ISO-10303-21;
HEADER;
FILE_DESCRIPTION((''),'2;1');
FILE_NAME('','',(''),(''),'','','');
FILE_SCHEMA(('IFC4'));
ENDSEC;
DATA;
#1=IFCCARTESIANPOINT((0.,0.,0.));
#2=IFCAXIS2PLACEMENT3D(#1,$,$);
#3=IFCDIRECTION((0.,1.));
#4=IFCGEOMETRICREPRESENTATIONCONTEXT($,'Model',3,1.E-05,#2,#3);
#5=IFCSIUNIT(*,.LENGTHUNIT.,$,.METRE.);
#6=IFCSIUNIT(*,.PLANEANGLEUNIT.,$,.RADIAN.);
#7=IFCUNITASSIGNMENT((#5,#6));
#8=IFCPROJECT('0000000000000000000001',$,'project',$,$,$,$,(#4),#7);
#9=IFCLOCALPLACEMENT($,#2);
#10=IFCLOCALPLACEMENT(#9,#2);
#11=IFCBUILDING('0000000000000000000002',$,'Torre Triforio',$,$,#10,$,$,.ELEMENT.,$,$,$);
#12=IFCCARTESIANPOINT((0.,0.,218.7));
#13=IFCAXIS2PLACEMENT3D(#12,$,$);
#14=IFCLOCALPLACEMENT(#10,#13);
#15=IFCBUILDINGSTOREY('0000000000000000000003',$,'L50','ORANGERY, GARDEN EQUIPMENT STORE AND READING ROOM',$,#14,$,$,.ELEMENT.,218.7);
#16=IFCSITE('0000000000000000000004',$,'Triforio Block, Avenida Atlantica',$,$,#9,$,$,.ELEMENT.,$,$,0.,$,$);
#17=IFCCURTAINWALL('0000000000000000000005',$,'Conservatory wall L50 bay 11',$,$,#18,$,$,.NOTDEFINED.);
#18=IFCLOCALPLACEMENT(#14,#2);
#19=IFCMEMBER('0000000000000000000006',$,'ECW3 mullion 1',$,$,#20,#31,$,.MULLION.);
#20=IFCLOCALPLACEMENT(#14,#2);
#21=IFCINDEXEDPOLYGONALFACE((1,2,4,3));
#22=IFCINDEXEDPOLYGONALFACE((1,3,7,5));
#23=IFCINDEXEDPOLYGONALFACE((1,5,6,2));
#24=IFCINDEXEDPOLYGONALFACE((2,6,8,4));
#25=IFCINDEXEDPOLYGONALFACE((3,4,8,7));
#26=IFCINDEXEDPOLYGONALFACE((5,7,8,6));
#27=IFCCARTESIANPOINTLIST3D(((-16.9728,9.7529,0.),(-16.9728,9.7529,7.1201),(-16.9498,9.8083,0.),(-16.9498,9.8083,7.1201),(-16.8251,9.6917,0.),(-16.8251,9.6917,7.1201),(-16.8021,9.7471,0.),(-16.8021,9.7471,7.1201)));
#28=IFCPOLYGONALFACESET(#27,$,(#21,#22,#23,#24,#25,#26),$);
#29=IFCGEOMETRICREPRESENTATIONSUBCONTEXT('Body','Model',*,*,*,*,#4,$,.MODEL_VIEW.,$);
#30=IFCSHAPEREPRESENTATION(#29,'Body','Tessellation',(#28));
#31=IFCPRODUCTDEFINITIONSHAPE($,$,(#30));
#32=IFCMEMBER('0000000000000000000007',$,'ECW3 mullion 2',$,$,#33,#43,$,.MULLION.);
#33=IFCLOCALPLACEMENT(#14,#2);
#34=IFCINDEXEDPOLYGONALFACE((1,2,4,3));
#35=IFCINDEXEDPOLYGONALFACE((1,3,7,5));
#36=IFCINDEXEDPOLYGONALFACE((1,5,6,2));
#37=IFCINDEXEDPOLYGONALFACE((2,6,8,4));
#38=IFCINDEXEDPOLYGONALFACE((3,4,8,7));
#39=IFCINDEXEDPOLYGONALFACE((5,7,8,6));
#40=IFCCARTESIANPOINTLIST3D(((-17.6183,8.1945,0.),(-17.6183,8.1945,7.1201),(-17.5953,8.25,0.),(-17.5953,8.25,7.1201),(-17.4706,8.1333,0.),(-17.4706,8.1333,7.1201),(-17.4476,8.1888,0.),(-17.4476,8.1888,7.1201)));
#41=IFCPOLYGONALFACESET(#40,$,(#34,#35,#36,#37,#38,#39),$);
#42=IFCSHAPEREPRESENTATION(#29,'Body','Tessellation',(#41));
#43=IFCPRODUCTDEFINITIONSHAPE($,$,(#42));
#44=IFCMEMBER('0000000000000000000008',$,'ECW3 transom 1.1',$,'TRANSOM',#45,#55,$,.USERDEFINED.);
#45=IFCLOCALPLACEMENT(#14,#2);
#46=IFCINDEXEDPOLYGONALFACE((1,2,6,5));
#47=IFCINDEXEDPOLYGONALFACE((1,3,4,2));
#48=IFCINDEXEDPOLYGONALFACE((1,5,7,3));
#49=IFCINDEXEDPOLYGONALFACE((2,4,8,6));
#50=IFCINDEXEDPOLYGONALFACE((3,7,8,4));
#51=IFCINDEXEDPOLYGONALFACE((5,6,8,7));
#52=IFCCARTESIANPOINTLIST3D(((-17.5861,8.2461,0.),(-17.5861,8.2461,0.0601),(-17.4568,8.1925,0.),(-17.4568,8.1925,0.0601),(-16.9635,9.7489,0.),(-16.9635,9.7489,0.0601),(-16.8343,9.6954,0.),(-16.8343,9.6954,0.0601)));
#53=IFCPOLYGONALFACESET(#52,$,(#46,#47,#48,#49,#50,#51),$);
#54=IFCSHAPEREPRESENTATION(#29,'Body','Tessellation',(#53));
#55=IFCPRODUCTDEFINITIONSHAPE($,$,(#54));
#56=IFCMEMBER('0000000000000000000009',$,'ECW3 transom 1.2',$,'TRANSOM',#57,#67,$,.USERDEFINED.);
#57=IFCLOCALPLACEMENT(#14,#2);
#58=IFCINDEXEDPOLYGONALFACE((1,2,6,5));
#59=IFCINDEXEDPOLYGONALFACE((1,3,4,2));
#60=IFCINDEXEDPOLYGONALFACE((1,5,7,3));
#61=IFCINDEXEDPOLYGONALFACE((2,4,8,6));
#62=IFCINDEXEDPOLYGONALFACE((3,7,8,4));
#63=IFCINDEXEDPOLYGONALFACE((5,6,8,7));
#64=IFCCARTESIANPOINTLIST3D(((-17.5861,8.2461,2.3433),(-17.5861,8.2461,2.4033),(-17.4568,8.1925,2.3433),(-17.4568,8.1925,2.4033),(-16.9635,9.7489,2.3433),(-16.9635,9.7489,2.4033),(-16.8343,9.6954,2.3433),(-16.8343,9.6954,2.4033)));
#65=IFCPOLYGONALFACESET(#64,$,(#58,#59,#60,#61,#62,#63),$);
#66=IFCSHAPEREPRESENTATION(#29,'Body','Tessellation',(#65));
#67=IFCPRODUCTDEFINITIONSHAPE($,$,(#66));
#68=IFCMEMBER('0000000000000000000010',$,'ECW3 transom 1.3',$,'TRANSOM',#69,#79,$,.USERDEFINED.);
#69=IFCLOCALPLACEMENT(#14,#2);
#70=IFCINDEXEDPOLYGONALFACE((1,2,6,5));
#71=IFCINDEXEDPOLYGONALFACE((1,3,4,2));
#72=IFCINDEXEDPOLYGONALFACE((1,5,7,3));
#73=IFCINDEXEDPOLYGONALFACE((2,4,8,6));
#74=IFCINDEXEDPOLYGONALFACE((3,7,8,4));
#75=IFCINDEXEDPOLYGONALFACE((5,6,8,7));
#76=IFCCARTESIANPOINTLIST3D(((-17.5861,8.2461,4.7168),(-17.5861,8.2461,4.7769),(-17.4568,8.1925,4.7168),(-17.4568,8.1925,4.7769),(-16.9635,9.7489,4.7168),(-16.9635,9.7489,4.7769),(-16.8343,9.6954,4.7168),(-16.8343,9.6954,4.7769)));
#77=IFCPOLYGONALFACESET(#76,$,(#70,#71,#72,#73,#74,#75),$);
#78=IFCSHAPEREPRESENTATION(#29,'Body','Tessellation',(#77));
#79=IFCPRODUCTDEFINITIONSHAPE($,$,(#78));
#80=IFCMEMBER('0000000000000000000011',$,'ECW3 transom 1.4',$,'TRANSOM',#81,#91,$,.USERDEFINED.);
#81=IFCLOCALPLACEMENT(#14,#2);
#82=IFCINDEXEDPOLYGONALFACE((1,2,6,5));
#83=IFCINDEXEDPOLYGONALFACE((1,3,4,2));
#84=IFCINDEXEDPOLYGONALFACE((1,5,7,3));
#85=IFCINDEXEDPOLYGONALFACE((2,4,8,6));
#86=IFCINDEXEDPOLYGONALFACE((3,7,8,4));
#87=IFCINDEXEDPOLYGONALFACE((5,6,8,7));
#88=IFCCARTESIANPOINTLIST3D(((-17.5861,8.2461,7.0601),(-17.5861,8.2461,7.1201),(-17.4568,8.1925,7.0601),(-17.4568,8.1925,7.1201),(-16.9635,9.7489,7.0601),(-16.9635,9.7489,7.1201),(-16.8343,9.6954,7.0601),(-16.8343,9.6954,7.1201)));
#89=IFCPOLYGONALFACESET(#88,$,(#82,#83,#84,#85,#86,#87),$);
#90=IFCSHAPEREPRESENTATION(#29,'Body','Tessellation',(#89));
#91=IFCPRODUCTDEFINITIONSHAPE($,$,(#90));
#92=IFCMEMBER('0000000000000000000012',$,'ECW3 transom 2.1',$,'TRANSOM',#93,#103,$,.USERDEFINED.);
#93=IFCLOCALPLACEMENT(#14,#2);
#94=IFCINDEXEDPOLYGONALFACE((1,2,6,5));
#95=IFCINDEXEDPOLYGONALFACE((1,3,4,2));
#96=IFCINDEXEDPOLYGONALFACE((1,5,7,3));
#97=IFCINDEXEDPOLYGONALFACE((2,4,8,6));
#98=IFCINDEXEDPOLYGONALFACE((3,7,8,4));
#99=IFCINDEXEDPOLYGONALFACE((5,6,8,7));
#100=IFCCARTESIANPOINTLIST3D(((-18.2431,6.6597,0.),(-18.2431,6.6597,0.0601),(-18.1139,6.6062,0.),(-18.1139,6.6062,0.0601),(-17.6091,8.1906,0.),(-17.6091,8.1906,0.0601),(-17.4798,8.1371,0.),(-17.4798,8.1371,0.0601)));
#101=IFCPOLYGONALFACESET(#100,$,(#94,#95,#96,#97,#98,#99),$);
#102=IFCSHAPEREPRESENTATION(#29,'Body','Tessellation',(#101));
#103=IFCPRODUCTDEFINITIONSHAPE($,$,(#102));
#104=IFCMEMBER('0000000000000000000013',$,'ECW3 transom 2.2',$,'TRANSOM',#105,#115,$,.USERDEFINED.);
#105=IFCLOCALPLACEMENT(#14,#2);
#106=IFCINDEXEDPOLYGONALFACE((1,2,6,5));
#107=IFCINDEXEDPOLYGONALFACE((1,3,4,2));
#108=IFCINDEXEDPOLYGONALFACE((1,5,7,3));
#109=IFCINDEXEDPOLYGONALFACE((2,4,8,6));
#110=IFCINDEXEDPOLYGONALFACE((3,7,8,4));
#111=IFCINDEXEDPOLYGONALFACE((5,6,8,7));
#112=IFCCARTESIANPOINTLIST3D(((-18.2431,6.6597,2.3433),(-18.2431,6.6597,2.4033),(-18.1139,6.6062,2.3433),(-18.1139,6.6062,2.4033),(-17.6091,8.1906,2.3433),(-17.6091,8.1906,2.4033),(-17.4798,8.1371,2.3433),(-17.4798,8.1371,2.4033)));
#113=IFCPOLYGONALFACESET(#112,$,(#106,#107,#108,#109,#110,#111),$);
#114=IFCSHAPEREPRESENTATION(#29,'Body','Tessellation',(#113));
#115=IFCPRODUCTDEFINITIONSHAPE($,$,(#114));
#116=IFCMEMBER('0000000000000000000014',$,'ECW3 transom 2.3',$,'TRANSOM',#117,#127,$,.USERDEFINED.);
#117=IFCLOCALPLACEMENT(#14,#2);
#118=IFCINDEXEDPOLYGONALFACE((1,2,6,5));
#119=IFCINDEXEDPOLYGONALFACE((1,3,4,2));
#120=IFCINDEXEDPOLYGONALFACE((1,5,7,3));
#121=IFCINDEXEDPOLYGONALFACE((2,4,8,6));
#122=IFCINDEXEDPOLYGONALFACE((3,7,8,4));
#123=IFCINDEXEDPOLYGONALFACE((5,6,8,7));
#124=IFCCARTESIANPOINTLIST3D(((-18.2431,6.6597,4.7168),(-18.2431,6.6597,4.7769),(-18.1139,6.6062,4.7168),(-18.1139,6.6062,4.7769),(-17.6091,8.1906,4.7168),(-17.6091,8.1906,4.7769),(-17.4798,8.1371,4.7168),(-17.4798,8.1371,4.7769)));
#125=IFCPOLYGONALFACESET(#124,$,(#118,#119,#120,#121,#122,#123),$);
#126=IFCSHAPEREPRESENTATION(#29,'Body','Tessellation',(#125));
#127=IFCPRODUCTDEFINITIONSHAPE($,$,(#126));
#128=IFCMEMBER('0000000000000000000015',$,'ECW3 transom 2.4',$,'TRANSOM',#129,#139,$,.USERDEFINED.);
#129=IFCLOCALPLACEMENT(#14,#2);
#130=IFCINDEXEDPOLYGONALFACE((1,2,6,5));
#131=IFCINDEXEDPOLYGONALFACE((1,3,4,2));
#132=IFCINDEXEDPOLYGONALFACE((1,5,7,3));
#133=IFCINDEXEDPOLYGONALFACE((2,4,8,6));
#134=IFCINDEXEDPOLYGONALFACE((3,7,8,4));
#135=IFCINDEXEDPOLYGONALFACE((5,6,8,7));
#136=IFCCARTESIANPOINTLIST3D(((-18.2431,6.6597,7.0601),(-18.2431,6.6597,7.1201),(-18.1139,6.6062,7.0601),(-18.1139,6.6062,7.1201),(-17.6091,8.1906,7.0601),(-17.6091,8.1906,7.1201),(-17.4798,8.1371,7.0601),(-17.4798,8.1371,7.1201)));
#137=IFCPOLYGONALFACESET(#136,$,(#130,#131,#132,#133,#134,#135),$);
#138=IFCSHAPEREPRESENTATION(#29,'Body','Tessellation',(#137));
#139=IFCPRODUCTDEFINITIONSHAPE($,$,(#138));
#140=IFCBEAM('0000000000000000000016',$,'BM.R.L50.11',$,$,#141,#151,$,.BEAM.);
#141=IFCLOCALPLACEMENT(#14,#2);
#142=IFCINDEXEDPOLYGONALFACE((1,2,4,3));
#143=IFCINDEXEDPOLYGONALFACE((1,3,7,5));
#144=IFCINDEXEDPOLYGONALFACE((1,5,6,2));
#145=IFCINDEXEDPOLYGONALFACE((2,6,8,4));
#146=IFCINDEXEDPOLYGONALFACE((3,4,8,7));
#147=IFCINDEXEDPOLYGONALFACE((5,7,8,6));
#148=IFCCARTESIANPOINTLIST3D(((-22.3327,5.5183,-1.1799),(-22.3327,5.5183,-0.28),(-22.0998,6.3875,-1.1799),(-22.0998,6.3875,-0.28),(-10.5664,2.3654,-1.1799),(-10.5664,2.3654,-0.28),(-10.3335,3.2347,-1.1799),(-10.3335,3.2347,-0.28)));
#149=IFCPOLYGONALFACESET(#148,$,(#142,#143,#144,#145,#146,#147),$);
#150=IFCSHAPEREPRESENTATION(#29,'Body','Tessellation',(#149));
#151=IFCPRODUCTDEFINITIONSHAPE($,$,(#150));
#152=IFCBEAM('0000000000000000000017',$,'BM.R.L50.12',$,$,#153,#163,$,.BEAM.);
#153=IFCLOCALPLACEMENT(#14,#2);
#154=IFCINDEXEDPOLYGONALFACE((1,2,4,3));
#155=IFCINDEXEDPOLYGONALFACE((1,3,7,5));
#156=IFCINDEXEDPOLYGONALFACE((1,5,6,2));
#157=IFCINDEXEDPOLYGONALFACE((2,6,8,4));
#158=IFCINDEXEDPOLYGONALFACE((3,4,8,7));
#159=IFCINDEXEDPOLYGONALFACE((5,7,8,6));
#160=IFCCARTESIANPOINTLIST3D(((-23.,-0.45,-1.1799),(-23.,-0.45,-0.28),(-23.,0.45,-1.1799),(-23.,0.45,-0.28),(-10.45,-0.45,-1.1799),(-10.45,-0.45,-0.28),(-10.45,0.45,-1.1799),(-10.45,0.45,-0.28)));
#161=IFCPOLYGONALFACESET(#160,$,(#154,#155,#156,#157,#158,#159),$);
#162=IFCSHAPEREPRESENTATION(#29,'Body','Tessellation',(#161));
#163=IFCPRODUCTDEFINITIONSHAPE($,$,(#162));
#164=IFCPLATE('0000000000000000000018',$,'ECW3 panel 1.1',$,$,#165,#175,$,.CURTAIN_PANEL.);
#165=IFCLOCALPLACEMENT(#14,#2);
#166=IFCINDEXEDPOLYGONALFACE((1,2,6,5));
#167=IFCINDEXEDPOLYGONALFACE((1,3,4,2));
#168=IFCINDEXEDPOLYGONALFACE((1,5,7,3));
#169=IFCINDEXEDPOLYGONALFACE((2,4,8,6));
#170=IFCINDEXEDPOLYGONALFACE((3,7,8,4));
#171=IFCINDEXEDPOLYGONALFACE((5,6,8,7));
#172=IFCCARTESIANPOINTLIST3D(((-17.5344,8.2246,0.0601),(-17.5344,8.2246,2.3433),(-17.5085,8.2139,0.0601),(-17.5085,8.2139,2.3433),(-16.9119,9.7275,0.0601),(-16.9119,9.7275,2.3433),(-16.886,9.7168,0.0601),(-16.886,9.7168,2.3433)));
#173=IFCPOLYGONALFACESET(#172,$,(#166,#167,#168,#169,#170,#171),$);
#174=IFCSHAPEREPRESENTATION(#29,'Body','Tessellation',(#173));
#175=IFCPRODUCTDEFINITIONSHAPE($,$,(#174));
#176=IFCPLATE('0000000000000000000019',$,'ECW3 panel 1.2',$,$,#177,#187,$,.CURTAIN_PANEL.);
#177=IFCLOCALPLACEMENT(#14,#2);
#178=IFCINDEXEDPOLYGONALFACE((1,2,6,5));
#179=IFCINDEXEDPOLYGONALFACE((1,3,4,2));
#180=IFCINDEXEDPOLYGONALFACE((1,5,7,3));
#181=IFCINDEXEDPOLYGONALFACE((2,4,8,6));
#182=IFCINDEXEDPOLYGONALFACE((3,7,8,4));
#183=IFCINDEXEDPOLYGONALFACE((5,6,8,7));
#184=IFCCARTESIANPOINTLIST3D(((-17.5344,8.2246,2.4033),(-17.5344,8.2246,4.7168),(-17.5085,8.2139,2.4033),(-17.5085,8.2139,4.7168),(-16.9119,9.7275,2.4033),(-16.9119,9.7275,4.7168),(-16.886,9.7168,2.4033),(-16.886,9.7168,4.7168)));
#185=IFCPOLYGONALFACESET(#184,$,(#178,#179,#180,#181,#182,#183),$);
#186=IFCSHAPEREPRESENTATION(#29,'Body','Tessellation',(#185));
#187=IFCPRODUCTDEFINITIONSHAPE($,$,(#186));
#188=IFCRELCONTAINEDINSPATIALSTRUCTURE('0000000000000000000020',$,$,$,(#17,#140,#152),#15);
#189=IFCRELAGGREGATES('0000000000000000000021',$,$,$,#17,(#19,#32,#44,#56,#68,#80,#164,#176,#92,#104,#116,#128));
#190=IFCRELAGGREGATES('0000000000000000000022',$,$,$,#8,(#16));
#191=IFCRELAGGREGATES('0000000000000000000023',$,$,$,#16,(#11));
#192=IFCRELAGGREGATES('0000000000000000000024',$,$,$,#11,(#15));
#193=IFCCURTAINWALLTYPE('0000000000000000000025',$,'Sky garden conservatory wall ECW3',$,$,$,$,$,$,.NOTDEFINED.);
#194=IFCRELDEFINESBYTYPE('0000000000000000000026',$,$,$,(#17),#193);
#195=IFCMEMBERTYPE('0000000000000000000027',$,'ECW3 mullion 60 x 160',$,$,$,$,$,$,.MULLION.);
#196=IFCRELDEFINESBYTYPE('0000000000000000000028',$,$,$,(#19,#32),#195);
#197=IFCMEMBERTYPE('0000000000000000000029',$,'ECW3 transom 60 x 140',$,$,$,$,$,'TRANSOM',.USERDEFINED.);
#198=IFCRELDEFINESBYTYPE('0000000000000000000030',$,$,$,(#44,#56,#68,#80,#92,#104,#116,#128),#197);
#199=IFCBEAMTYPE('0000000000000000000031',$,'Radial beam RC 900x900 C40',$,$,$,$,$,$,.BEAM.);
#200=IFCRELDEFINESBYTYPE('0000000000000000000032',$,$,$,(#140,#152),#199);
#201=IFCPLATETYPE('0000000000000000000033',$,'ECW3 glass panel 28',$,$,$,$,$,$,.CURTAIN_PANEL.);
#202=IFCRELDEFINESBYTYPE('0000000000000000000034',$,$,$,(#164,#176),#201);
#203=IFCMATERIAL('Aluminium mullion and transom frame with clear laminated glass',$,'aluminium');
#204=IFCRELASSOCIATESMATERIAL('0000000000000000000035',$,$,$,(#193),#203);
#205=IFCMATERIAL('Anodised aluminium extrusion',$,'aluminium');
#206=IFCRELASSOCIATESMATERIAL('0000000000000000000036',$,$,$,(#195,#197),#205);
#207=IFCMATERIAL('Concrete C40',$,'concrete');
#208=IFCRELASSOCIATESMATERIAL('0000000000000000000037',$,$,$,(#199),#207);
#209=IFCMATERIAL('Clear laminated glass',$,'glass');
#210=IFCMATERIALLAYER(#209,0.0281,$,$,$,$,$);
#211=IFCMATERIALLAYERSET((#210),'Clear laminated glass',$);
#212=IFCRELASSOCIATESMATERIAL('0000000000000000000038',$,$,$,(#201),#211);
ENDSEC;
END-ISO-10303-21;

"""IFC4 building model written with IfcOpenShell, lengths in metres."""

from ifc_helpers import new_model, si_unit, direction, frame, origin, origin_2d, place, context, subcontext, project, spatial, rectangle, extrude, material, layer, layer_set, material_profile, profile_set, type_object, element, aggregate, save


model = new_model("IFC4")

# Units and contexts
model_context = context("Model", 3, precision=1e-05, world=origin(), true_north=direction((0.0, 1.0)))
body_context = subcontext(model_context, "Body", "Model", "MODEL_VIEW")
ifc_project = project(units=[si_unit("LENGTHUNIT", "METRE"), si_unit("PLANEANGLEUNIT", "RADIAN")], contexts=[model_context])

# Site, building, storey
site_placement = place(None, origin())
site = spatial("IfcSite", under=ifc_project, at=site_placement, Name="Triforio Block, Avenida Atlantica", CompositionType="ELEMENT", RefElevation=0.0)
building_placement = place(site_placement, origin())
building = spatial("IfcBuilding", under=site, at=building_placement, Name="Torre Triforio", CompositionType="ELEMENT")
storey_placement = place(building_placement, frame((0.0, 0.0, 218.7)))
storey = spatial("IfcBuildingStorey", under=building, at=storey_placement, Name="L50", Description="ORANGERY, GARDEN EQUIPMENT STORE AND READING ROOM", CompositionType="ELEMENT", Elevation=218.7)

# Curtain wall, members
ifc_material_1 = material(Name="Aluminium mullion and transom frame with clear laminated glass", Category="aluminium")
curtain_wall_type = type_object("IfcCurtainWallType", Name="Sky garden conservatory wall ECW3", PredefinedType="NOTDEFINED", material=ifc_material_1)
curtain_wall_placement = place(storey_placement, origin())
curtain_wall = element("IfcCurtainWall", 1, at=curtain_wall_placement, inside=storey, type_object=curtain_wall_type, Name="Conservatory wall L50 bay 11", PredefinedType="NOTDEFINED")
ifc_material_2 = material(Name="Anodised aluminium extrusion", Category="aluminium")
ifc_material_profile_1 = material_profile(ifc_material_2, rectangle(XDim=0.1599, YDim=0.0601, at=origin_2d()), Name="ECW3 MULLION 60x160")
ifc_profile_set_1 = profile_set([ifc_material_profile_1], Name="Anodised aluminium extrusion")
member_type_1 = type_object("IfcMemberType", Name="ECW3 mullion 60 x 160", PredefinedType="MULLION", material=ifc_profile_set_1)
member_1_placement = place(storey_placement, frame((-16.8875, 9.75, 0.0), z_axis=(0.0, 0.0, 1.0), x_axis=(0.923879, -0.382684, 0.0)))
member_1 = element("IfcMember", 2, at=member_1_placement, type_object=member_type_1, Name="ECW3 mullion 1", PredefinedType="MULLION", context=body_context, shape_type="SweptSolid", body=[
    extrude(rectangle(XDim=0.1599, YDim=0.0601, at=origin_2d()), origin(), (0.0, 0.0, 1.0), 7.1201),
])
member_2_placement = place(storey_placement, frame((-17.533, 8.1917, 0.0), z_axis=(0.0, 0.0, 1.0), x_axis=(0.923879, -0.382684, 0.0)))
member_2 = element("IfcMember", 3, at=member_2_placement, type_object=member_type_1, Name="ECW3 mullion 2", PredefinedType="MULLION", context=body_context, shape_type="SweptSolid", body=[
    extrude(rectangle(XDim=0.1599, YDim=0.0601, at=origin_2d()), origin(), (0.0, 0.0, 1.0), 7.1201),
])
ifc_material_profile_2 = material_profile(ifc_material_2, rectangle(XDim=0.1399, YDim=0.0601, at=origin_2d()), Name="ECW3 TRANSOM 60x140")
ifc_profile_set_2 = profile_set([ifc_material_profile_2], Name="Anodised aluminium extrusion")
member_type_2 = type_object("IfcMemberType", Name="ECW3 transom 60 x 140", ElementType="TRANSOM", PredefinedType="USERDEFINED", material=ifc_profile_set_2)
member_3_placement = place(storey_placement, frame((-16.8989, 9.7222, 0.03), z_axis=(-0.382696, -0.923874, 0.0), x_axis=(0.923874, -0.382696, 0.0)))
member_3 = element("IfcMember", 4, at=member_3_placement, type_object=member_type_2, Name="ECW3 transom 1.1", ObjectType="TRANSOM", PredefinedType="USERDEFINED", context=body_context, shape_type="SweptSolid", body=[
    extrude(rectangle(XDim=0.1399, YDim=0.0601, at=origin_2d()), origin(), (0.0, 0.0, 1.0), 1.6267),
])
member_4_placement = place(storey_placement, frame((-16.8989, 9.7222, 2.3733), z_axis=(-0.382696, -0.923874, 0.0), x_axis=(0.923874, -0.382696, 0.0)))
member_4 = element("IfcMember", 5, at=member_4_placement, type_object=member_type_2, Name="ECW3 transom 1.2", ObjectType="TRANSOM", PredefinedType="USERDEFINED", context=body_context, shape_type="SweptSolid", body=[
    extrude(rectangle(XDim=0.1399, YDim=0.0601, at=origin_2d()), origin(), (0.0, 0.0, 1.0), 1.6267),
])
member_5_placement = place(storey_placement, frame((-16.8989, 9.7222, 4.7468), z_axis=(-0.382696, -0.923874, 0.0), x_axis=(0.923874, -0.382696, 0.0)))
member_5 = element("IfcMember", 6, at=member_5_placement, type_object=member_type_2, Name="ECW3 transom 1.3", ObjectType="TRANSOM", PredefinedType="USERDEFINED", context=body_context, shape_type="SweptSolid", body=[
    extrude(rectangle(XDim=0.1399, YDim=0.0601, at=origin_2d()), origin(), (0.0, 0.0, 1.0), 1.6267),
])
member_6_placement = place(storey_placement, frame((-16.8989, 9.7222, 7.0901), z_axis=(-0.382696, -0.923874, 0.0), x_axis=(0.923874, -0.382696, 0.0)))
member_6 = element("IfcMember", 7, at=member_6_placement, type_object=member_type_2, Name="ECW3 transom 1.4", ObjectType="TRANSOM", PredefinedType="USERDEFINED", context=body_context, shape_type="SweptSolid", body=[
    extrude(rectangle(XDim=0.1399, YDim=0.0601, at=origin_2d()), origin(), (0.0, 0.0, 1.0), 1.6267),
])
member_7_placement = place(storey_placement, frame((-17.5444, 8.1638, 0.03), z_axis=(-0.382668, -0.923886, 0.0), x_axis=(0.923886, -0.382668, 0.0)))
member_7 = element("IfcMember", 8, at=member_7_placement, type_object=member_type_2, Name="ECW3 transom 2.1", ObjectType="TRANSOM", PredefinedType="USERDEFINED", context=body_context, shape_type="SweptSolid", body=[
    extrude(rectangle(XDim=0.1399, YDim=0.0601, at=origin_2d()), origin(), (0.0, 0.0, 1.0), 1.657),
])
member_8_placement = place(storey_placement, frame((-17.5444, 8.1638, 2.3733), z_axis=(-0.382668, -0.923886, 0.0), x_axis=(0.923886, -0.382668, 0.0)))
member_8 = element("IfcMember", 9, at=member_8_placement, type_object=member_type_2, Name="ECW3 transom 2.2", ObjectType="TRANSOM", PredefinedType="USERDEFINED", context=body_context, shape_type="SweptSolid", body=[
    extrude(rectangle(XDim=0.1399, YDim=0.0601, at=origin_2d()), origin(), (0.0, 0.0, 1.0), 1.657),
])
member_9_placement = place(storey_placement, frame((-17.5444, 8.1638, 4.7468), z_axis=(-0.382668, -0.923886, 0.0), x_axis=(0.923886, -0.382668, 0.0)))
member_9 = element("IfcMember", 10, at=member_9_placement, type_object=member_type_2, Name="ECW3 transom 2.3", ObjectType="TRANSOM", PredefinedType="USERDEFINED", context=body_context, shape_type="SweptSolid", body=[
    extrude(rectangle(XDim=0.1399, YDim=0.0601, at=origin_2d()), origin(), (0.0, 0.0, 1.0), 1.657),
])
member_10_placement = place(storey_placement, frame((-17.5444, 8.1638, 7.0901), z_axis=(-0.382668, -0.923886, 0.0), x_axis=(0.923886, -0.382668, 0.0)))
member_10 = element("IfcMember", 11, at=member_10_placement, type_object=member_type_2, Name="ECW3 transom 2.4", ObjectType="TRANSOM", PredefinedType="USERDEFINED", context=body_context, shape_type="SweptSolid", body=[
    extrude(rectangle(XDim=0.1399, YDim=0.0601, at=origin_2d()), origin(), (0.0, 0.0, 1.0), 1.657),
])

# Beams
ifc_material_3 = material(Name="Concrete C40", Category="concrete")
ifc_material_profile_3 = material_profile(ifc_material_3, rectangle(XDim=0.8999, YDim=0.8999, at=origin_2d()), Name="RC 900x900")
ifc_profile_set_3 = profile_set([ifc_material_profile_3], Name="Concrete C40")
beam_type = type_object("IfcBeamType", Name="Radial beam RC 900x900 C40", PredefinedType="BEAM", material=ifc_profile_set_3)
beam_1_placement = place(storey_placement, frame((-10.45, 2.8, -0.73), z_axis=(-0.965925, 0.258823, 0.0), x_axis=(-0.258823, -0.965925, 0.0)))
element("IfcBeam", 12, at=beam_1_placement, inside=storey, type_object=beam_type, Name="BM.R.L50.11", PredefinedType="BEAM", context=body_context, shape_type="SweptSolid", body=[
    extrude(rectangle(XDim=0.8999, YDim=0.8999, at=origin_2d()), origin(), (0.0, 0.0, 1.0), 12.1814),
])
beam_2_placement = place(storey_placement, frame((-10.45, 0.0, -0.73), z_axis=(-1.0, 0.0, 0.0), x_axis=(0.0, -1.0, 0.0)))
element("IfcBeam", 13, at=beam_2_placement, inside=storey, type_object=beam_type, Name="BM.R.L50.12", PredefinedType="BEAM", context=body_context, shape_type="SweptSolid", body=[
    extrude(rectangle(XDim=0.8999, YDim=0.8999, at=origin_2d()), origin(), (0.0, 0.0, 1.0), 12.55),
])

# Plates
ifc_material_4 = material(Name="Clear laminated glass", Category="glass")
ifc_layer_1 = layer(ifc_material_4, 0.0281)
ifc_layer_set_1 = layer_set([ifc_layer_1], Name="Clear laminated glass")
plate_type = type_object("IfcPlateType", Name="ECW3 glass panel 28", PredefinedType="CURTAIN_PANEL", material=ifc_layer_set_1)
plate_1_placement = place(storey_placement, frame((-17.2102, 8.9707, 0.0601), z_axis=(0.0, 0.0, 1.0), x_axis=(-0.382684, -0.923879, 0.0)))
plate_1 = element("IfcPlate", 14, at=plate_1_placement, type_object=plate_type, Name="ECW3 panel 1.1", PredefinedType="CURTAIN_PANEL", context=body_context, shape_type="SweptSolid", body=[
    extrude(rectangle(XDim=1.6267, YDim=0.0281, at=origin_2d()), origin(), (0.0, 0.0, 1.0), 2.2832),
])
plate_2_placement = place(storey_placement, frame((-17.2102, 8.9707, 2.4033), z_axis=(0.0, 0.0, 1.0), x_axis=(-0.382684, -0.923879, 0.0)))
plate_2 = element("IfcPlate", 15, at=plate_2_placement, type_object=plate_type, Name="ECW3 panel 1.2", PredefinedType="CURTAIN_PANEL", context=body_context, shape_type="SweptSolid", body=[
    extrude(rectangle(XDim=1.6267, YDim=0.0281, at=origin_2d()), origin(), (0.0, 0.0, 1.0), 2.3135),
])
aggregate(curtain_wall, [member_1, member_2, member_3, member_4, member_5, member_6, plate_1, plate_2, member_7, member_8, member_9, member_10])

save(model, "model.ifc")
